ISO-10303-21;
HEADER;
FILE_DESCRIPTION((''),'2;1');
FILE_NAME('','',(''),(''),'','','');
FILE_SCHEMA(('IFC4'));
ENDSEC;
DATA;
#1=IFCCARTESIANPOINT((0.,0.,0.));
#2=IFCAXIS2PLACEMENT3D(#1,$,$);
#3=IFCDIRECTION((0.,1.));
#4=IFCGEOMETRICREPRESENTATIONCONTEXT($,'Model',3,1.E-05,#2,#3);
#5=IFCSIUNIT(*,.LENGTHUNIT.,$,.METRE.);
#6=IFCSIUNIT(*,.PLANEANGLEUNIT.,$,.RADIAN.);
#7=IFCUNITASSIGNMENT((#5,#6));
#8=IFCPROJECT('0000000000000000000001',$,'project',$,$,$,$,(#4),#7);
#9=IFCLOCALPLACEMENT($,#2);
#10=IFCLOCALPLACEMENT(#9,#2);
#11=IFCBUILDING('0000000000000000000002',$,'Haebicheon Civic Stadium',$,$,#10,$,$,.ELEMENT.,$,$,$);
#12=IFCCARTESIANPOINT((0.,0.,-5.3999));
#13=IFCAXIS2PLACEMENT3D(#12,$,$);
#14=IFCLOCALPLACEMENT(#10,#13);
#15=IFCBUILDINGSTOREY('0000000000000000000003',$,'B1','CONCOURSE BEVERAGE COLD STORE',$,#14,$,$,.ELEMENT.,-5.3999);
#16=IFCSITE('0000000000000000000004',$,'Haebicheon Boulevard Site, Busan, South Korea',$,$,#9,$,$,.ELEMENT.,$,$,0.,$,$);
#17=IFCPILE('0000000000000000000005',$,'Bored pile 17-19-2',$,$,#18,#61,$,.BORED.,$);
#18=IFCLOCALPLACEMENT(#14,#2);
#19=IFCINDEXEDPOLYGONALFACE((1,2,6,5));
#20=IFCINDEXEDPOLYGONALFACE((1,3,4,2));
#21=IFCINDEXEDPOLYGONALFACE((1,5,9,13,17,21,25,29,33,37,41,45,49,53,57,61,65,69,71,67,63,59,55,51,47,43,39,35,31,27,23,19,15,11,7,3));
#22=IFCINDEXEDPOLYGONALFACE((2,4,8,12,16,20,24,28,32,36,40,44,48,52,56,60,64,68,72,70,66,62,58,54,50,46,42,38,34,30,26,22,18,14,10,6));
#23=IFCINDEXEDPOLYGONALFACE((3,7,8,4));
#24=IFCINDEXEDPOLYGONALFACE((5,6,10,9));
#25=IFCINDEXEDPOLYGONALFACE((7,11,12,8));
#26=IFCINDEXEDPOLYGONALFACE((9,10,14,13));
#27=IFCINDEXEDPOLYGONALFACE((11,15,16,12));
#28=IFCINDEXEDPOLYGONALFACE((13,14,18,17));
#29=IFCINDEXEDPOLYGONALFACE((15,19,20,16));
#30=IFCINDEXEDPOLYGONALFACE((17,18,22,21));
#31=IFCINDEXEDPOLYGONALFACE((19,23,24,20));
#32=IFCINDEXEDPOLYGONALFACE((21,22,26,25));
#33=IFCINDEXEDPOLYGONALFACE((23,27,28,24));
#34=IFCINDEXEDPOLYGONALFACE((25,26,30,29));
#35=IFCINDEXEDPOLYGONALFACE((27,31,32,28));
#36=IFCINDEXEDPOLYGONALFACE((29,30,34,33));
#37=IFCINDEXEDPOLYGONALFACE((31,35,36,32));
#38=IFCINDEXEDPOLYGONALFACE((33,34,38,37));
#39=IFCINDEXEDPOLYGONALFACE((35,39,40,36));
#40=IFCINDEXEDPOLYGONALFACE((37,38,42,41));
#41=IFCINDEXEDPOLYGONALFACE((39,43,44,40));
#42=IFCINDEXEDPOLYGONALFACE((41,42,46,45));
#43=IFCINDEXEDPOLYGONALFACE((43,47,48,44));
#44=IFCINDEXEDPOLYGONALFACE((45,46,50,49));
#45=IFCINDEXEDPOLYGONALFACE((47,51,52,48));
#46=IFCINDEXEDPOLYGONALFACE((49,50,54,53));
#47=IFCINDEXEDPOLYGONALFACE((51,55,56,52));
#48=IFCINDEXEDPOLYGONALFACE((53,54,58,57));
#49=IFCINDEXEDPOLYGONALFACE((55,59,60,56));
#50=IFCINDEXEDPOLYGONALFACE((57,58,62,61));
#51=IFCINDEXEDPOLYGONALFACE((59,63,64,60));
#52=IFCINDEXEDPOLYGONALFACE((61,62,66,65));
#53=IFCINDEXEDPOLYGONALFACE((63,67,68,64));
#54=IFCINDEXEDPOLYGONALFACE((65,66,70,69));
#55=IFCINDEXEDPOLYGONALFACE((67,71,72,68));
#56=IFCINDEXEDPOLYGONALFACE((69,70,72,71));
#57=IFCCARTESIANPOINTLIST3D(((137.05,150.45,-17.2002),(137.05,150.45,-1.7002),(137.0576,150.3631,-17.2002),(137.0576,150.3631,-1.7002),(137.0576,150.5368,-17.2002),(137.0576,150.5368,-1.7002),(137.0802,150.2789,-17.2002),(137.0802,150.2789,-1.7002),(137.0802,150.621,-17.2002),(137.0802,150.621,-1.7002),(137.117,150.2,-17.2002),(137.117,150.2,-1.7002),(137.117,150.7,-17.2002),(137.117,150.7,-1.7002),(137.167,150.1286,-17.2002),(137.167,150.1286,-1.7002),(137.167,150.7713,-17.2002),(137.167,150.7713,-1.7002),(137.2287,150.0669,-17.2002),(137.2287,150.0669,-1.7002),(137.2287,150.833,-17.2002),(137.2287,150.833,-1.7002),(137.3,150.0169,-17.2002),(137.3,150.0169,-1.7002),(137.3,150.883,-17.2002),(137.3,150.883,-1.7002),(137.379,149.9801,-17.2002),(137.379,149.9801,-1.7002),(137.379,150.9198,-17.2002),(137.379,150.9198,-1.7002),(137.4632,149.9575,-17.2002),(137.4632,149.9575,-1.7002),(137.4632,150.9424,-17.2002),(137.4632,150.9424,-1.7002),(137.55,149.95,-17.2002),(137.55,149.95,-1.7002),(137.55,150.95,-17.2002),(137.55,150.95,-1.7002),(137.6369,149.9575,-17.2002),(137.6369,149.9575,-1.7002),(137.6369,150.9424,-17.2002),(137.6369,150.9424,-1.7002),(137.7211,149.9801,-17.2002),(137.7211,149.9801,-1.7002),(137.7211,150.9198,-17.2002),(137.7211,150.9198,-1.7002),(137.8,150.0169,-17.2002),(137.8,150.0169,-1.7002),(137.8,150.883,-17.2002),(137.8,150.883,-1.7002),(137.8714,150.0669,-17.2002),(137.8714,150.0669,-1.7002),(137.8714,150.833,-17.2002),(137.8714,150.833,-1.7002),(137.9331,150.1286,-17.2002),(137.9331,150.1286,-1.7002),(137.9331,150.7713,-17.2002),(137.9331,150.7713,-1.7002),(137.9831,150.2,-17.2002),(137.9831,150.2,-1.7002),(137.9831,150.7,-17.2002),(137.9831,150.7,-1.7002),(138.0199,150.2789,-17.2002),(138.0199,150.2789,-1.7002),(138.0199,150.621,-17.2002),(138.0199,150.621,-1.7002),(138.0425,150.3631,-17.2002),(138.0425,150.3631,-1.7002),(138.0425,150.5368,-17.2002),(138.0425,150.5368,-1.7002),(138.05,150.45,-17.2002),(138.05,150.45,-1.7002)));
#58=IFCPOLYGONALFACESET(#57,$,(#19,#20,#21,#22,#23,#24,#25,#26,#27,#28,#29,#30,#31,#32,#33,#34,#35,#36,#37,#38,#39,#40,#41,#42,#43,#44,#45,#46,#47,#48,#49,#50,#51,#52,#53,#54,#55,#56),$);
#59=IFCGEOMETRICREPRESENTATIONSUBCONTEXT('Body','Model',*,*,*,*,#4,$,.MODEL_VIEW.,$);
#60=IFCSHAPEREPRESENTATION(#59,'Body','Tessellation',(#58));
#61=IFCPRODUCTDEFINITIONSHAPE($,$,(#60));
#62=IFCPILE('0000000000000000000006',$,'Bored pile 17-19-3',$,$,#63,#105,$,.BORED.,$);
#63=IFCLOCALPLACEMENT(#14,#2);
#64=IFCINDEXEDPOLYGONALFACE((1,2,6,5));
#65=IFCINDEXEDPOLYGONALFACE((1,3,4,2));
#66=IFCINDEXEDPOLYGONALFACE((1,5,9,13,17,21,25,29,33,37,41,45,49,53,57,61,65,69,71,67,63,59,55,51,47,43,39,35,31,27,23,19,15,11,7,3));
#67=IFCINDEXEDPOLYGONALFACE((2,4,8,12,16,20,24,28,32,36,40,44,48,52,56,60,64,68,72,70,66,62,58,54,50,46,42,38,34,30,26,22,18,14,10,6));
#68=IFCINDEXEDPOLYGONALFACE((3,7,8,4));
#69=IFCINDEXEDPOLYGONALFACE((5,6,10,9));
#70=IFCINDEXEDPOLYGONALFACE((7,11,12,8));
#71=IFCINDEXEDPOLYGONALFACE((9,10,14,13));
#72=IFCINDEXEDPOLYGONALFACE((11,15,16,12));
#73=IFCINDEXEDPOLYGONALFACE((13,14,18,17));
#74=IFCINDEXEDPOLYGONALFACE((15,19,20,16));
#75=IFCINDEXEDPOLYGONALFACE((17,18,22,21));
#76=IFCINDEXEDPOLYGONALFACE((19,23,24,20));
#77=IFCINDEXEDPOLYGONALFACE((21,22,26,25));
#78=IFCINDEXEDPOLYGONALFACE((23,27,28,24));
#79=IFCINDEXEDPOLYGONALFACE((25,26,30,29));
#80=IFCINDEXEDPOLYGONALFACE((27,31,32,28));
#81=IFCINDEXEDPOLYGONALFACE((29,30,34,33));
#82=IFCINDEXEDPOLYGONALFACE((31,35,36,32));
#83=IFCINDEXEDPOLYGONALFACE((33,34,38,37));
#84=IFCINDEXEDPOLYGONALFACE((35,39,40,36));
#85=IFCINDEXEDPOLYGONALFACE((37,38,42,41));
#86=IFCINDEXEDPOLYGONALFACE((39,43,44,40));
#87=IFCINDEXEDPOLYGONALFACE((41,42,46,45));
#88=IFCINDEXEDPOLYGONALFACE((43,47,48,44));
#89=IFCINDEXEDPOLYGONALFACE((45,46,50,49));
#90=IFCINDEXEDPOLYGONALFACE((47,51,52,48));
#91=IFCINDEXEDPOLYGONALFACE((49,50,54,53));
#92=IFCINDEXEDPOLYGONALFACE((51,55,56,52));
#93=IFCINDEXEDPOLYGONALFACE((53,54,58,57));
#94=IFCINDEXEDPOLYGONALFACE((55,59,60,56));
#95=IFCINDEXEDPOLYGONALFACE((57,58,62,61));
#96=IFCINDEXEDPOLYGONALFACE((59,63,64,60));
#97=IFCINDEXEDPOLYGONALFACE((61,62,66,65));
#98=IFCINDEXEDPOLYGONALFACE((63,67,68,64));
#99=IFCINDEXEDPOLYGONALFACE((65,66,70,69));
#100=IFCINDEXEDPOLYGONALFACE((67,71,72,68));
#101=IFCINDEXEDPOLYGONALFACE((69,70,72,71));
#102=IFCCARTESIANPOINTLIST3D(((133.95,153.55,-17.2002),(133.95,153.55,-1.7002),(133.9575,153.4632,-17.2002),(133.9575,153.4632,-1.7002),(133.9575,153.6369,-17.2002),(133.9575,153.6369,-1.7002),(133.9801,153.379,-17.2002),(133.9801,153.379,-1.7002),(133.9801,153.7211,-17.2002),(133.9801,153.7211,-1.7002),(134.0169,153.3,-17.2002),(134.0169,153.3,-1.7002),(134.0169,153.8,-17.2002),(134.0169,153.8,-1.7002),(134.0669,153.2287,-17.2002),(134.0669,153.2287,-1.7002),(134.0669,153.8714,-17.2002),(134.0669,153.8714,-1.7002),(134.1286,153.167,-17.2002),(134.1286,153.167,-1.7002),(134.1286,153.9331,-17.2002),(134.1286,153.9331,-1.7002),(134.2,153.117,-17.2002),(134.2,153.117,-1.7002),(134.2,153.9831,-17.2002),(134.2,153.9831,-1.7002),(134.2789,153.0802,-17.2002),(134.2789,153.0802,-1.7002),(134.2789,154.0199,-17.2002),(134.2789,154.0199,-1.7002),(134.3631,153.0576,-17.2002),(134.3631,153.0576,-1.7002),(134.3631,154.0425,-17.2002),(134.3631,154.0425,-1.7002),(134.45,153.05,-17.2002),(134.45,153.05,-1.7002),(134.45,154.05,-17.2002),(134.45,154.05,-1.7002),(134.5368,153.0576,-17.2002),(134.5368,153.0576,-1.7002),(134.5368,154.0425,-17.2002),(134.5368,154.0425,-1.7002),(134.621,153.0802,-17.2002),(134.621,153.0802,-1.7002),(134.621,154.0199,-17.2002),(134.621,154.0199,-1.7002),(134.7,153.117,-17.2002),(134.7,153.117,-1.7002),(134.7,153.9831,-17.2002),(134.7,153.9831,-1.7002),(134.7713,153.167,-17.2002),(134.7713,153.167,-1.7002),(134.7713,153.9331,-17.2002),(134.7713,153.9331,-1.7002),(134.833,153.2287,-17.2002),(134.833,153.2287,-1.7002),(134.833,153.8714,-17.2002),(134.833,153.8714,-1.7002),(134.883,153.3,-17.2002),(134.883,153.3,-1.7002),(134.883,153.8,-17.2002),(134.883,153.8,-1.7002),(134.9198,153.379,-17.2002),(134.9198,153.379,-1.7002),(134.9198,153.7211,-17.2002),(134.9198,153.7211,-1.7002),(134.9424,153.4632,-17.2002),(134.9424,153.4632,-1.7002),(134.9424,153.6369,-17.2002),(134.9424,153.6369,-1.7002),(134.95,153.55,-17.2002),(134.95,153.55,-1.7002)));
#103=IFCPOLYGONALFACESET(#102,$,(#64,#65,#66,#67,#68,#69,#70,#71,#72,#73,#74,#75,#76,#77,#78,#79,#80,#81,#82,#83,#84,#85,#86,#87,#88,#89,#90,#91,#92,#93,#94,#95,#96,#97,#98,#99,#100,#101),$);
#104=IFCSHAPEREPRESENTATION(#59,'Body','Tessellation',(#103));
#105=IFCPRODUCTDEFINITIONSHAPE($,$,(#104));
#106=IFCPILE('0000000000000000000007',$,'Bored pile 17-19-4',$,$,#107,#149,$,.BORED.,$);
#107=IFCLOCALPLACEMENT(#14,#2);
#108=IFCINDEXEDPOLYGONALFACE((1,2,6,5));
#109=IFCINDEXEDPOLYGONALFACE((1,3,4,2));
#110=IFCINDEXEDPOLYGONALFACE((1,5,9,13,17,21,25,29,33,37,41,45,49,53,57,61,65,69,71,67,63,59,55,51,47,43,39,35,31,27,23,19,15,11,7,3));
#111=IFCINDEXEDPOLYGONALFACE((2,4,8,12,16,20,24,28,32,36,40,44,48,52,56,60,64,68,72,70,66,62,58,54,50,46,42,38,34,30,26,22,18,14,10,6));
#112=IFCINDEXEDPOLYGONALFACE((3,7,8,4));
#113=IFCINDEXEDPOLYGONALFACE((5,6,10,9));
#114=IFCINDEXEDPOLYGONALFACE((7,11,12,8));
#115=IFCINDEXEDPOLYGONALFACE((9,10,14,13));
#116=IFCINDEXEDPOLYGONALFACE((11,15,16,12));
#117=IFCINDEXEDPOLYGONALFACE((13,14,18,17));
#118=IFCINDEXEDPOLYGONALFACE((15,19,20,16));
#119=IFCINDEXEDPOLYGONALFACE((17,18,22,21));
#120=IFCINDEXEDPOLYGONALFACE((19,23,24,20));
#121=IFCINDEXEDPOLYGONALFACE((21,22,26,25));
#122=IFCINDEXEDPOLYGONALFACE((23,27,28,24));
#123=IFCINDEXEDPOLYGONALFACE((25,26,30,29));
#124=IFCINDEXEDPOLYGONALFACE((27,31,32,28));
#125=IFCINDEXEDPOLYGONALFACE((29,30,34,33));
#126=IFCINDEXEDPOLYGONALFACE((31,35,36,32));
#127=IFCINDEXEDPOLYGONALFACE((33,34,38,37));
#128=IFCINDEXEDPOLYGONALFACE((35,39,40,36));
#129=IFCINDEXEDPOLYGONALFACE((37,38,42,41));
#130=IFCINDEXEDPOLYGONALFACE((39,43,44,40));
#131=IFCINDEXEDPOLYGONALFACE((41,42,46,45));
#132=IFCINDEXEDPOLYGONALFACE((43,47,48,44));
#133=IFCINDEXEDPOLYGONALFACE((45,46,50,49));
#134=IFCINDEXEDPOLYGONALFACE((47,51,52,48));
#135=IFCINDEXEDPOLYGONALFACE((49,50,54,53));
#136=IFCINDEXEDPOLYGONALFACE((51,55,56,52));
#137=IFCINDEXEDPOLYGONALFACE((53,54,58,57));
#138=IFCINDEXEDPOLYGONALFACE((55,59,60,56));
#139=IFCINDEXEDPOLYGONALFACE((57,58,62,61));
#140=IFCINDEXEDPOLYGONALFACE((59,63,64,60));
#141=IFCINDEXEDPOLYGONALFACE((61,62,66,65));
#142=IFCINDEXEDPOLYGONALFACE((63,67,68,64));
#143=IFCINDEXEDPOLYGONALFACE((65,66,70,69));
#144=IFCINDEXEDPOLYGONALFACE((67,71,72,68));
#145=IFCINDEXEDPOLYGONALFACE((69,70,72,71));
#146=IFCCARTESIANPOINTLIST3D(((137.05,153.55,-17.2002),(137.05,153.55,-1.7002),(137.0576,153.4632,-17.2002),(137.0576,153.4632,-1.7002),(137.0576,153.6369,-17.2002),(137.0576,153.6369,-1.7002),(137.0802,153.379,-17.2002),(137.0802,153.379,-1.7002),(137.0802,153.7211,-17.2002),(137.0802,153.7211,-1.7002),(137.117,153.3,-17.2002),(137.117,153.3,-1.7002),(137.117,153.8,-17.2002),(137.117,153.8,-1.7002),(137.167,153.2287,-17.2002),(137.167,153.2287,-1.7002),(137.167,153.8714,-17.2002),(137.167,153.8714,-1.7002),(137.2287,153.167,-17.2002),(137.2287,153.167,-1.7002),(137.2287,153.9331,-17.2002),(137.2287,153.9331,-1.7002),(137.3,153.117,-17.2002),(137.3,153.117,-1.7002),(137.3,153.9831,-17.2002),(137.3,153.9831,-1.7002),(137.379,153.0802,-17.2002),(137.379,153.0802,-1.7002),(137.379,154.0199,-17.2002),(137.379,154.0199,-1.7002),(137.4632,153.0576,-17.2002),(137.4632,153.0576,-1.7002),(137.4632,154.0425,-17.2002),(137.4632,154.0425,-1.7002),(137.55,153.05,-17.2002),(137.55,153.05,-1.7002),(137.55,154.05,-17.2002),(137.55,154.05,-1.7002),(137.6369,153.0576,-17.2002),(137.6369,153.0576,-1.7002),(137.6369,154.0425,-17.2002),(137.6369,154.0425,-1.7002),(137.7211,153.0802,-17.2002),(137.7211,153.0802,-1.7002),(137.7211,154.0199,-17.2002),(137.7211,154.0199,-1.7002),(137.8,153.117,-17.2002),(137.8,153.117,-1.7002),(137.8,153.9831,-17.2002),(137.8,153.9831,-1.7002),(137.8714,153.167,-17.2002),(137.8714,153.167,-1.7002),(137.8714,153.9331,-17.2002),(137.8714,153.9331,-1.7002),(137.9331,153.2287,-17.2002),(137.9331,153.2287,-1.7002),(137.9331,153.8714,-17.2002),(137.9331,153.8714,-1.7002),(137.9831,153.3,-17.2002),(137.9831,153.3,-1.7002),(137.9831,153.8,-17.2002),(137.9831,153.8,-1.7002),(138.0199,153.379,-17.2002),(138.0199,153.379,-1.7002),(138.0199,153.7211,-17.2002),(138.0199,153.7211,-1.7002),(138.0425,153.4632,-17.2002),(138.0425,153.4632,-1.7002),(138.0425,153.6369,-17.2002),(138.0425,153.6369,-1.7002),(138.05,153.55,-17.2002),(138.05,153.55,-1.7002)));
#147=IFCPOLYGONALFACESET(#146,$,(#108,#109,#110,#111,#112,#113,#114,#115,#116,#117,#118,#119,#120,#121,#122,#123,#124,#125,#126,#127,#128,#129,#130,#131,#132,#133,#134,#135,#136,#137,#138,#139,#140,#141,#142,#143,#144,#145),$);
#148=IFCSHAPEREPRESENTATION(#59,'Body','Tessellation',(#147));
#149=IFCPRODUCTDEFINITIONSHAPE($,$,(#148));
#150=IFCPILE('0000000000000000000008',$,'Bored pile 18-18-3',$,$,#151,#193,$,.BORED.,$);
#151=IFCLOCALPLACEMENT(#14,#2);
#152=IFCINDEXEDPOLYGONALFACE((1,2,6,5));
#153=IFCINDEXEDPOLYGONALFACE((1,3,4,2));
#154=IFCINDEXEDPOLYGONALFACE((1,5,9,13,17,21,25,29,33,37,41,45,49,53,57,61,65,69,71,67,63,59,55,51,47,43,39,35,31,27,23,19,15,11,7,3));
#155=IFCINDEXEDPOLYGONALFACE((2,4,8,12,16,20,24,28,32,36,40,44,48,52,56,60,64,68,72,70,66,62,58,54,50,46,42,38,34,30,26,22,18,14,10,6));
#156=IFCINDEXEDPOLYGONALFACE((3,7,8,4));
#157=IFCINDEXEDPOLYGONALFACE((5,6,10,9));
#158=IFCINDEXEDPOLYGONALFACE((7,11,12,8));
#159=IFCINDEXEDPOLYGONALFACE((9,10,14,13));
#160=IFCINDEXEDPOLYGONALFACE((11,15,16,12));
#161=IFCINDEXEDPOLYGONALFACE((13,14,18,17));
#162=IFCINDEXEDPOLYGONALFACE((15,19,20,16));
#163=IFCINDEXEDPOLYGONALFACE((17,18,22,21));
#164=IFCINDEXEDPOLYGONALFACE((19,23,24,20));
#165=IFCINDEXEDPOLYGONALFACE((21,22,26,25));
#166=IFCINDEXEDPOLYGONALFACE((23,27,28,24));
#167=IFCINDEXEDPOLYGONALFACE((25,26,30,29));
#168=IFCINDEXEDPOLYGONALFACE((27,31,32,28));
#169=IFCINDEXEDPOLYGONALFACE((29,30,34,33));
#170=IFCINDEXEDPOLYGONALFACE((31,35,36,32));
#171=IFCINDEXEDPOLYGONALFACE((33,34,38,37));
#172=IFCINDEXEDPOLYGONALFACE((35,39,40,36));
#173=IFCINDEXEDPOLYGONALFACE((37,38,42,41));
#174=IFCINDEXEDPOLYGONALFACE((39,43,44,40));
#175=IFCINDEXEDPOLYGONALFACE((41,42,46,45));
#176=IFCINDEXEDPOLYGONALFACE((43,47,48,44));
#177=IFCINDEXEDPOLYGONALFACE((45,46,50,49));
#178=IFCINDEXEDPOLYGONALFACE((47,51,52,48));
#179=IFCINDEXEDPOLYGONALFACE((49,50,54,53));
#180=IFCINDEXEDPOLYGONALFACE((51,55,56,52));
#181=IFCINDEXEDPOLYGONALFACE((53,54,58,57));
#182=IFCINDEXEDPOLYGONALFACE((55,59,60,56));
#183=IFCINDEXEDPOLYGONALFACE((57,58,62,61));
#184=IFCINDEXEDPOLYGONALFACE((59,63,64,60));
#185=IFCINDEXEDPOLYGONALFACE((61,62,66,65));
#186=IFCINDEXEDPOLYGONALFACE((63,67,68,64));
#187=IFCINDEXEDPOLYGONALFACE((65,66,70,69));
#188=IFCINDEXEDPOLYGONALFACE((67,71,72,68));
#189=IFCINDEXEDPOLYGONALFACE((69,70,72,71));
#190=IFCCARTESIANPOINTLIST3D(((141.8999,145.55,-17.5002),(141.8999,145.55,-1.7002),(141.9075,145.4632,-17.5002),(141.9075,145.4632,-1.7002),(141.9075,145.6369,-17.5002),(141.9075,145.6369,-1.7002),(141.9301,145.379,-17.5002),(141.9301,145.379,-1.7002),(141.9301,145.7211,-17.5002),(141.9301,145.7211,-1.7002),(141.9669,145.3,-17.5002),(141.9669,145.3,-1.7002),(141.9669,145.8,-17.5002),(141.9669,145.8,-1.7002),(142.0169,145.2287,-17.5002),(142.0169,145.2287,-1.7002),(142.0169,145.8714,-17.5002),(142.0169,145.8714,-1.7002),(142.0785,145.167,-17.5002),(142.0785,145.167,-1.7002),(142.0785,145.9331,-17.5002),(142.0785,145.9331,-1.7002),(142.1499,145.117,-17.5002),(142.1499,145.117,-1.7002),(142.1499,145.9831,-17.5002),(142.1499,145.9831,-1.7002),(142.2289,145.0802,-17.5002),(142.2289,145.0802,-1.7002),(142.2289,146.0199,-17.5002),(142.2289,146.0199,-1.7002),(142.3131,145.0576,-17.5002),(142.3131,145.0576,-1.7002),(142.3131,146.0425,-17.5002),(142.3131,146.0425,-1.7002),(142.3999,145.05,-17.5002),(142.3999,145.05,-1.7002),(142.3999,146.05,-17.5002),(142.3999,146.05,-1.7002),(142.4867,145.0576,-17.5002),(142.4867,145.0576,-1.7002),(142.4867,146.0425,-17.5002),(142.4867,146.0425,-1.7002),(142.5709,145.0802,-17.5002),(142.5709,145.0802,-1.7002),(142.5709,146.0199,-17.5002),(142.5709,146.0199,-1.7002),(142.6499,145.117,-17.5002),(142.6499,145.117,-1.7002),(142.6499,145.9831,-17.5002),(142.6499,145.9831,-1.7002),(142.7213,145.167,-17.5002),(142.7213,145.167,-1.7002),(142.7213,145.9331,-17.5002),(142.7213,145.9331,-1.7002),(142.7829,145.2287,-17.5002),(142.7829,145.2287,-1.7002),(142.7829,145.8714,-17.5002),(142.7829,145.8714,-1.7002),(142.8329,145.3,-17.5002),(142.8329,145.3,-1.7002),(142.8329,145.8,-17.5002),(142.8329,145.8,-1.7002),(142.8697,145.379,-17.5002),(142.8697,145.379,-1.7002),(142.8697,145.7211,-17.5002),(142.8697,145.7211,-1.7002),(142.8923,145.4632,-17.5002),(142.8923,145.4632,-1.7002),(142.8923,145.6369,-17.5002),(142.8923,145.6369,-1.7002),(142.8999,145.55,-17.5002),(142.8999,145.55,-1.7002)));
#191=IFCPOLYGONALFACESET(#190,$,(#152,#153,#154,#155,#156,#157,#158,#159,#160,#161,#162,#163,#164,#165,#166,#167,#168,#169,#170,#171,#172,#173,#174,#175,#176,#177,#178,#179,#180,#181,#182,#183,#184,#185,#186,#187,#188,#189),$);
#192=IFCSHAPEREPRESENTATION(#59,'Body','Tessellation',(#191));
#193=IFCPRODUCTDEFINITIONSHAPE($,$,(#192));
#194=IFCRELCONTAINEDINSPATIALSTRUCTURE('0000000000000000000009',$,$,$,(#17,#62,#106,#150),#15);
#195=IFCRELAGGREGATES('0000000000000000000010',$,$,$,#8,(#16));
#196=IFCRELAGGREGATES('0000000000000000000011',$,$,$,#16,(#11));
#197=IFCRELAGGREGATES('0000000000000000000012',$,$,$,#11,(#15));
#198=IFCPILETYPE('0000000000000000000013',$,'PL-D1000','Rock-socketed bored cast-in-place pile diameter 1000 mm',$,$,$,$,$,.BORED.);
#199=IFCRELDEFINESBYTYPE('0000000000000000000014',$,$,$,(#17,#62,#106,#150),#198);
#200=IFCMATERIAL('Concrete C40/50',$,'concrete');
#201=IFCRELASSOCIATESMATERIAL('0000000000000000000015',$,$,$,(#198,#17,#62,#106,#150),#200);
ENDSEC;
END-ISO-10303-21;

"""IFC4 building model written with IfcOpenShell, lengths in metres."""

from ifc_helpers import new_model, si_unit, direction, frame, origin, origin_2d, place, context, subcontext, project, spatial, circle, extrude, material, material_profile, profile_set, type_object, element, save


model = new_model("IFC4")

# Units and contexts
model_context = context("Model", 3, precision=1e-05, world=origin(), true_north=direction((0.0, 1.0)))
body_context = subcontext(model_context, "Body", "Model", "MODEL_VIEW")
ifc_project = project(units=[si_unit("LENGTHUNIT", "METRE"), si_unit("PLANEANGLEUNIT", "RADIAN")], contexts=[model_context])

# Site, building, storey
site_placement = place(None, origin())
site = spatial("IfcSite", under=ifc_project, at=site_placement, Name="Haebicheon Boulevard Site, Busan, South Korea", CompositionType="ELEMENT", RefElevation=0.0)
building_placement = place(site_placement, origin())
building = spatial("IfcBuilding", under=site, at=building_placement, Name="Haebicheon Civic Stadium", CompositionType="ELEMENT")
storey_placement = place(building_placement, frame((0.0, 0.0, -5.3999)))
storey = spatial("IfcBuildingStorey", under=building, at=storey_placement, Name="B1", Description="CONCOURSE BEVERAGE COLD STORE", CompositionType="ELEMENT", Elevation=-5.3999)

# Piles
ifc_material_1 = material(Name="Concrete C40/50", Category="concrete")
ifc_material_profile_1 = material_profile(ifc_material_1, circle(Radius=0.5, at=origin_2d()), Name="PILE-D1000")
ifc_profile_set_1 = profile_set([ifc_material_profile_1], Name="Concrete C40/50")
pile_type = type_object("IfcPileType", Name="PL-D1000", Description="Rock-socketed bored cast-in-place pile diameter 1000 mm", PredefinedType="BORED", material=ifc_profile_set_1)
for number, where, z_axis, x_axis, name in (
    (1, (137.55, 150.45, -1.7002), (0.0, 0.0, -1.0), (1.0, 0.0, 0.0), "Bored pile 17-19-2"),
    (2, (134.45, 153.55, -1.7002), (0.0, 0.0, -1.0), (1.0, 0.0, 0.0), "Bored pile 17-19-3"),
    (3, (137.55, 153.55, -1.7002), (0.0, 0.0, -1.0), (1.0, 0.0, 0.0), "Bored pile 17-19-4"),
):
    element("IfcPile", number, at=place(storey_placement, frame(where, z_axis=z_axis, x_axis=x_axis)), inside=storey, type_object=pile_type, material=ifc_profile_set_1, Name=name, PredefinedType="BORED", context=body_context, shape_type="SweptSolid", body=[
        extrude(circle(Radius=0.5, at=origin_2d()), origin(), (0.0, 0.0, 1.0), 15.5),
    ])
for number, where, z_axis, x_axis, name in (
    (4, (142.3999, 145.55, -1.7002), (0.0, 0.0, -1.0), (1.0, 0.0, 0.0), "Bored pile 18-18-3"),
):
    element("IfcPile", number, at=place(storey_placement, frame(where, z_axis=z_axis, x_axis=x_axis)), inside=storey, type_object=pile_type, material=ifc_profile_set_1, Name=name, PredefinedType="BORED", context=body_context, shape_type="SweptSolid", body=[
        extrude(circle(Radius=0.5, at=origin_2d()), origin(), (0.0, 0.0, 1.0), 15.8),
    ])

save(model, "model.ifc")
